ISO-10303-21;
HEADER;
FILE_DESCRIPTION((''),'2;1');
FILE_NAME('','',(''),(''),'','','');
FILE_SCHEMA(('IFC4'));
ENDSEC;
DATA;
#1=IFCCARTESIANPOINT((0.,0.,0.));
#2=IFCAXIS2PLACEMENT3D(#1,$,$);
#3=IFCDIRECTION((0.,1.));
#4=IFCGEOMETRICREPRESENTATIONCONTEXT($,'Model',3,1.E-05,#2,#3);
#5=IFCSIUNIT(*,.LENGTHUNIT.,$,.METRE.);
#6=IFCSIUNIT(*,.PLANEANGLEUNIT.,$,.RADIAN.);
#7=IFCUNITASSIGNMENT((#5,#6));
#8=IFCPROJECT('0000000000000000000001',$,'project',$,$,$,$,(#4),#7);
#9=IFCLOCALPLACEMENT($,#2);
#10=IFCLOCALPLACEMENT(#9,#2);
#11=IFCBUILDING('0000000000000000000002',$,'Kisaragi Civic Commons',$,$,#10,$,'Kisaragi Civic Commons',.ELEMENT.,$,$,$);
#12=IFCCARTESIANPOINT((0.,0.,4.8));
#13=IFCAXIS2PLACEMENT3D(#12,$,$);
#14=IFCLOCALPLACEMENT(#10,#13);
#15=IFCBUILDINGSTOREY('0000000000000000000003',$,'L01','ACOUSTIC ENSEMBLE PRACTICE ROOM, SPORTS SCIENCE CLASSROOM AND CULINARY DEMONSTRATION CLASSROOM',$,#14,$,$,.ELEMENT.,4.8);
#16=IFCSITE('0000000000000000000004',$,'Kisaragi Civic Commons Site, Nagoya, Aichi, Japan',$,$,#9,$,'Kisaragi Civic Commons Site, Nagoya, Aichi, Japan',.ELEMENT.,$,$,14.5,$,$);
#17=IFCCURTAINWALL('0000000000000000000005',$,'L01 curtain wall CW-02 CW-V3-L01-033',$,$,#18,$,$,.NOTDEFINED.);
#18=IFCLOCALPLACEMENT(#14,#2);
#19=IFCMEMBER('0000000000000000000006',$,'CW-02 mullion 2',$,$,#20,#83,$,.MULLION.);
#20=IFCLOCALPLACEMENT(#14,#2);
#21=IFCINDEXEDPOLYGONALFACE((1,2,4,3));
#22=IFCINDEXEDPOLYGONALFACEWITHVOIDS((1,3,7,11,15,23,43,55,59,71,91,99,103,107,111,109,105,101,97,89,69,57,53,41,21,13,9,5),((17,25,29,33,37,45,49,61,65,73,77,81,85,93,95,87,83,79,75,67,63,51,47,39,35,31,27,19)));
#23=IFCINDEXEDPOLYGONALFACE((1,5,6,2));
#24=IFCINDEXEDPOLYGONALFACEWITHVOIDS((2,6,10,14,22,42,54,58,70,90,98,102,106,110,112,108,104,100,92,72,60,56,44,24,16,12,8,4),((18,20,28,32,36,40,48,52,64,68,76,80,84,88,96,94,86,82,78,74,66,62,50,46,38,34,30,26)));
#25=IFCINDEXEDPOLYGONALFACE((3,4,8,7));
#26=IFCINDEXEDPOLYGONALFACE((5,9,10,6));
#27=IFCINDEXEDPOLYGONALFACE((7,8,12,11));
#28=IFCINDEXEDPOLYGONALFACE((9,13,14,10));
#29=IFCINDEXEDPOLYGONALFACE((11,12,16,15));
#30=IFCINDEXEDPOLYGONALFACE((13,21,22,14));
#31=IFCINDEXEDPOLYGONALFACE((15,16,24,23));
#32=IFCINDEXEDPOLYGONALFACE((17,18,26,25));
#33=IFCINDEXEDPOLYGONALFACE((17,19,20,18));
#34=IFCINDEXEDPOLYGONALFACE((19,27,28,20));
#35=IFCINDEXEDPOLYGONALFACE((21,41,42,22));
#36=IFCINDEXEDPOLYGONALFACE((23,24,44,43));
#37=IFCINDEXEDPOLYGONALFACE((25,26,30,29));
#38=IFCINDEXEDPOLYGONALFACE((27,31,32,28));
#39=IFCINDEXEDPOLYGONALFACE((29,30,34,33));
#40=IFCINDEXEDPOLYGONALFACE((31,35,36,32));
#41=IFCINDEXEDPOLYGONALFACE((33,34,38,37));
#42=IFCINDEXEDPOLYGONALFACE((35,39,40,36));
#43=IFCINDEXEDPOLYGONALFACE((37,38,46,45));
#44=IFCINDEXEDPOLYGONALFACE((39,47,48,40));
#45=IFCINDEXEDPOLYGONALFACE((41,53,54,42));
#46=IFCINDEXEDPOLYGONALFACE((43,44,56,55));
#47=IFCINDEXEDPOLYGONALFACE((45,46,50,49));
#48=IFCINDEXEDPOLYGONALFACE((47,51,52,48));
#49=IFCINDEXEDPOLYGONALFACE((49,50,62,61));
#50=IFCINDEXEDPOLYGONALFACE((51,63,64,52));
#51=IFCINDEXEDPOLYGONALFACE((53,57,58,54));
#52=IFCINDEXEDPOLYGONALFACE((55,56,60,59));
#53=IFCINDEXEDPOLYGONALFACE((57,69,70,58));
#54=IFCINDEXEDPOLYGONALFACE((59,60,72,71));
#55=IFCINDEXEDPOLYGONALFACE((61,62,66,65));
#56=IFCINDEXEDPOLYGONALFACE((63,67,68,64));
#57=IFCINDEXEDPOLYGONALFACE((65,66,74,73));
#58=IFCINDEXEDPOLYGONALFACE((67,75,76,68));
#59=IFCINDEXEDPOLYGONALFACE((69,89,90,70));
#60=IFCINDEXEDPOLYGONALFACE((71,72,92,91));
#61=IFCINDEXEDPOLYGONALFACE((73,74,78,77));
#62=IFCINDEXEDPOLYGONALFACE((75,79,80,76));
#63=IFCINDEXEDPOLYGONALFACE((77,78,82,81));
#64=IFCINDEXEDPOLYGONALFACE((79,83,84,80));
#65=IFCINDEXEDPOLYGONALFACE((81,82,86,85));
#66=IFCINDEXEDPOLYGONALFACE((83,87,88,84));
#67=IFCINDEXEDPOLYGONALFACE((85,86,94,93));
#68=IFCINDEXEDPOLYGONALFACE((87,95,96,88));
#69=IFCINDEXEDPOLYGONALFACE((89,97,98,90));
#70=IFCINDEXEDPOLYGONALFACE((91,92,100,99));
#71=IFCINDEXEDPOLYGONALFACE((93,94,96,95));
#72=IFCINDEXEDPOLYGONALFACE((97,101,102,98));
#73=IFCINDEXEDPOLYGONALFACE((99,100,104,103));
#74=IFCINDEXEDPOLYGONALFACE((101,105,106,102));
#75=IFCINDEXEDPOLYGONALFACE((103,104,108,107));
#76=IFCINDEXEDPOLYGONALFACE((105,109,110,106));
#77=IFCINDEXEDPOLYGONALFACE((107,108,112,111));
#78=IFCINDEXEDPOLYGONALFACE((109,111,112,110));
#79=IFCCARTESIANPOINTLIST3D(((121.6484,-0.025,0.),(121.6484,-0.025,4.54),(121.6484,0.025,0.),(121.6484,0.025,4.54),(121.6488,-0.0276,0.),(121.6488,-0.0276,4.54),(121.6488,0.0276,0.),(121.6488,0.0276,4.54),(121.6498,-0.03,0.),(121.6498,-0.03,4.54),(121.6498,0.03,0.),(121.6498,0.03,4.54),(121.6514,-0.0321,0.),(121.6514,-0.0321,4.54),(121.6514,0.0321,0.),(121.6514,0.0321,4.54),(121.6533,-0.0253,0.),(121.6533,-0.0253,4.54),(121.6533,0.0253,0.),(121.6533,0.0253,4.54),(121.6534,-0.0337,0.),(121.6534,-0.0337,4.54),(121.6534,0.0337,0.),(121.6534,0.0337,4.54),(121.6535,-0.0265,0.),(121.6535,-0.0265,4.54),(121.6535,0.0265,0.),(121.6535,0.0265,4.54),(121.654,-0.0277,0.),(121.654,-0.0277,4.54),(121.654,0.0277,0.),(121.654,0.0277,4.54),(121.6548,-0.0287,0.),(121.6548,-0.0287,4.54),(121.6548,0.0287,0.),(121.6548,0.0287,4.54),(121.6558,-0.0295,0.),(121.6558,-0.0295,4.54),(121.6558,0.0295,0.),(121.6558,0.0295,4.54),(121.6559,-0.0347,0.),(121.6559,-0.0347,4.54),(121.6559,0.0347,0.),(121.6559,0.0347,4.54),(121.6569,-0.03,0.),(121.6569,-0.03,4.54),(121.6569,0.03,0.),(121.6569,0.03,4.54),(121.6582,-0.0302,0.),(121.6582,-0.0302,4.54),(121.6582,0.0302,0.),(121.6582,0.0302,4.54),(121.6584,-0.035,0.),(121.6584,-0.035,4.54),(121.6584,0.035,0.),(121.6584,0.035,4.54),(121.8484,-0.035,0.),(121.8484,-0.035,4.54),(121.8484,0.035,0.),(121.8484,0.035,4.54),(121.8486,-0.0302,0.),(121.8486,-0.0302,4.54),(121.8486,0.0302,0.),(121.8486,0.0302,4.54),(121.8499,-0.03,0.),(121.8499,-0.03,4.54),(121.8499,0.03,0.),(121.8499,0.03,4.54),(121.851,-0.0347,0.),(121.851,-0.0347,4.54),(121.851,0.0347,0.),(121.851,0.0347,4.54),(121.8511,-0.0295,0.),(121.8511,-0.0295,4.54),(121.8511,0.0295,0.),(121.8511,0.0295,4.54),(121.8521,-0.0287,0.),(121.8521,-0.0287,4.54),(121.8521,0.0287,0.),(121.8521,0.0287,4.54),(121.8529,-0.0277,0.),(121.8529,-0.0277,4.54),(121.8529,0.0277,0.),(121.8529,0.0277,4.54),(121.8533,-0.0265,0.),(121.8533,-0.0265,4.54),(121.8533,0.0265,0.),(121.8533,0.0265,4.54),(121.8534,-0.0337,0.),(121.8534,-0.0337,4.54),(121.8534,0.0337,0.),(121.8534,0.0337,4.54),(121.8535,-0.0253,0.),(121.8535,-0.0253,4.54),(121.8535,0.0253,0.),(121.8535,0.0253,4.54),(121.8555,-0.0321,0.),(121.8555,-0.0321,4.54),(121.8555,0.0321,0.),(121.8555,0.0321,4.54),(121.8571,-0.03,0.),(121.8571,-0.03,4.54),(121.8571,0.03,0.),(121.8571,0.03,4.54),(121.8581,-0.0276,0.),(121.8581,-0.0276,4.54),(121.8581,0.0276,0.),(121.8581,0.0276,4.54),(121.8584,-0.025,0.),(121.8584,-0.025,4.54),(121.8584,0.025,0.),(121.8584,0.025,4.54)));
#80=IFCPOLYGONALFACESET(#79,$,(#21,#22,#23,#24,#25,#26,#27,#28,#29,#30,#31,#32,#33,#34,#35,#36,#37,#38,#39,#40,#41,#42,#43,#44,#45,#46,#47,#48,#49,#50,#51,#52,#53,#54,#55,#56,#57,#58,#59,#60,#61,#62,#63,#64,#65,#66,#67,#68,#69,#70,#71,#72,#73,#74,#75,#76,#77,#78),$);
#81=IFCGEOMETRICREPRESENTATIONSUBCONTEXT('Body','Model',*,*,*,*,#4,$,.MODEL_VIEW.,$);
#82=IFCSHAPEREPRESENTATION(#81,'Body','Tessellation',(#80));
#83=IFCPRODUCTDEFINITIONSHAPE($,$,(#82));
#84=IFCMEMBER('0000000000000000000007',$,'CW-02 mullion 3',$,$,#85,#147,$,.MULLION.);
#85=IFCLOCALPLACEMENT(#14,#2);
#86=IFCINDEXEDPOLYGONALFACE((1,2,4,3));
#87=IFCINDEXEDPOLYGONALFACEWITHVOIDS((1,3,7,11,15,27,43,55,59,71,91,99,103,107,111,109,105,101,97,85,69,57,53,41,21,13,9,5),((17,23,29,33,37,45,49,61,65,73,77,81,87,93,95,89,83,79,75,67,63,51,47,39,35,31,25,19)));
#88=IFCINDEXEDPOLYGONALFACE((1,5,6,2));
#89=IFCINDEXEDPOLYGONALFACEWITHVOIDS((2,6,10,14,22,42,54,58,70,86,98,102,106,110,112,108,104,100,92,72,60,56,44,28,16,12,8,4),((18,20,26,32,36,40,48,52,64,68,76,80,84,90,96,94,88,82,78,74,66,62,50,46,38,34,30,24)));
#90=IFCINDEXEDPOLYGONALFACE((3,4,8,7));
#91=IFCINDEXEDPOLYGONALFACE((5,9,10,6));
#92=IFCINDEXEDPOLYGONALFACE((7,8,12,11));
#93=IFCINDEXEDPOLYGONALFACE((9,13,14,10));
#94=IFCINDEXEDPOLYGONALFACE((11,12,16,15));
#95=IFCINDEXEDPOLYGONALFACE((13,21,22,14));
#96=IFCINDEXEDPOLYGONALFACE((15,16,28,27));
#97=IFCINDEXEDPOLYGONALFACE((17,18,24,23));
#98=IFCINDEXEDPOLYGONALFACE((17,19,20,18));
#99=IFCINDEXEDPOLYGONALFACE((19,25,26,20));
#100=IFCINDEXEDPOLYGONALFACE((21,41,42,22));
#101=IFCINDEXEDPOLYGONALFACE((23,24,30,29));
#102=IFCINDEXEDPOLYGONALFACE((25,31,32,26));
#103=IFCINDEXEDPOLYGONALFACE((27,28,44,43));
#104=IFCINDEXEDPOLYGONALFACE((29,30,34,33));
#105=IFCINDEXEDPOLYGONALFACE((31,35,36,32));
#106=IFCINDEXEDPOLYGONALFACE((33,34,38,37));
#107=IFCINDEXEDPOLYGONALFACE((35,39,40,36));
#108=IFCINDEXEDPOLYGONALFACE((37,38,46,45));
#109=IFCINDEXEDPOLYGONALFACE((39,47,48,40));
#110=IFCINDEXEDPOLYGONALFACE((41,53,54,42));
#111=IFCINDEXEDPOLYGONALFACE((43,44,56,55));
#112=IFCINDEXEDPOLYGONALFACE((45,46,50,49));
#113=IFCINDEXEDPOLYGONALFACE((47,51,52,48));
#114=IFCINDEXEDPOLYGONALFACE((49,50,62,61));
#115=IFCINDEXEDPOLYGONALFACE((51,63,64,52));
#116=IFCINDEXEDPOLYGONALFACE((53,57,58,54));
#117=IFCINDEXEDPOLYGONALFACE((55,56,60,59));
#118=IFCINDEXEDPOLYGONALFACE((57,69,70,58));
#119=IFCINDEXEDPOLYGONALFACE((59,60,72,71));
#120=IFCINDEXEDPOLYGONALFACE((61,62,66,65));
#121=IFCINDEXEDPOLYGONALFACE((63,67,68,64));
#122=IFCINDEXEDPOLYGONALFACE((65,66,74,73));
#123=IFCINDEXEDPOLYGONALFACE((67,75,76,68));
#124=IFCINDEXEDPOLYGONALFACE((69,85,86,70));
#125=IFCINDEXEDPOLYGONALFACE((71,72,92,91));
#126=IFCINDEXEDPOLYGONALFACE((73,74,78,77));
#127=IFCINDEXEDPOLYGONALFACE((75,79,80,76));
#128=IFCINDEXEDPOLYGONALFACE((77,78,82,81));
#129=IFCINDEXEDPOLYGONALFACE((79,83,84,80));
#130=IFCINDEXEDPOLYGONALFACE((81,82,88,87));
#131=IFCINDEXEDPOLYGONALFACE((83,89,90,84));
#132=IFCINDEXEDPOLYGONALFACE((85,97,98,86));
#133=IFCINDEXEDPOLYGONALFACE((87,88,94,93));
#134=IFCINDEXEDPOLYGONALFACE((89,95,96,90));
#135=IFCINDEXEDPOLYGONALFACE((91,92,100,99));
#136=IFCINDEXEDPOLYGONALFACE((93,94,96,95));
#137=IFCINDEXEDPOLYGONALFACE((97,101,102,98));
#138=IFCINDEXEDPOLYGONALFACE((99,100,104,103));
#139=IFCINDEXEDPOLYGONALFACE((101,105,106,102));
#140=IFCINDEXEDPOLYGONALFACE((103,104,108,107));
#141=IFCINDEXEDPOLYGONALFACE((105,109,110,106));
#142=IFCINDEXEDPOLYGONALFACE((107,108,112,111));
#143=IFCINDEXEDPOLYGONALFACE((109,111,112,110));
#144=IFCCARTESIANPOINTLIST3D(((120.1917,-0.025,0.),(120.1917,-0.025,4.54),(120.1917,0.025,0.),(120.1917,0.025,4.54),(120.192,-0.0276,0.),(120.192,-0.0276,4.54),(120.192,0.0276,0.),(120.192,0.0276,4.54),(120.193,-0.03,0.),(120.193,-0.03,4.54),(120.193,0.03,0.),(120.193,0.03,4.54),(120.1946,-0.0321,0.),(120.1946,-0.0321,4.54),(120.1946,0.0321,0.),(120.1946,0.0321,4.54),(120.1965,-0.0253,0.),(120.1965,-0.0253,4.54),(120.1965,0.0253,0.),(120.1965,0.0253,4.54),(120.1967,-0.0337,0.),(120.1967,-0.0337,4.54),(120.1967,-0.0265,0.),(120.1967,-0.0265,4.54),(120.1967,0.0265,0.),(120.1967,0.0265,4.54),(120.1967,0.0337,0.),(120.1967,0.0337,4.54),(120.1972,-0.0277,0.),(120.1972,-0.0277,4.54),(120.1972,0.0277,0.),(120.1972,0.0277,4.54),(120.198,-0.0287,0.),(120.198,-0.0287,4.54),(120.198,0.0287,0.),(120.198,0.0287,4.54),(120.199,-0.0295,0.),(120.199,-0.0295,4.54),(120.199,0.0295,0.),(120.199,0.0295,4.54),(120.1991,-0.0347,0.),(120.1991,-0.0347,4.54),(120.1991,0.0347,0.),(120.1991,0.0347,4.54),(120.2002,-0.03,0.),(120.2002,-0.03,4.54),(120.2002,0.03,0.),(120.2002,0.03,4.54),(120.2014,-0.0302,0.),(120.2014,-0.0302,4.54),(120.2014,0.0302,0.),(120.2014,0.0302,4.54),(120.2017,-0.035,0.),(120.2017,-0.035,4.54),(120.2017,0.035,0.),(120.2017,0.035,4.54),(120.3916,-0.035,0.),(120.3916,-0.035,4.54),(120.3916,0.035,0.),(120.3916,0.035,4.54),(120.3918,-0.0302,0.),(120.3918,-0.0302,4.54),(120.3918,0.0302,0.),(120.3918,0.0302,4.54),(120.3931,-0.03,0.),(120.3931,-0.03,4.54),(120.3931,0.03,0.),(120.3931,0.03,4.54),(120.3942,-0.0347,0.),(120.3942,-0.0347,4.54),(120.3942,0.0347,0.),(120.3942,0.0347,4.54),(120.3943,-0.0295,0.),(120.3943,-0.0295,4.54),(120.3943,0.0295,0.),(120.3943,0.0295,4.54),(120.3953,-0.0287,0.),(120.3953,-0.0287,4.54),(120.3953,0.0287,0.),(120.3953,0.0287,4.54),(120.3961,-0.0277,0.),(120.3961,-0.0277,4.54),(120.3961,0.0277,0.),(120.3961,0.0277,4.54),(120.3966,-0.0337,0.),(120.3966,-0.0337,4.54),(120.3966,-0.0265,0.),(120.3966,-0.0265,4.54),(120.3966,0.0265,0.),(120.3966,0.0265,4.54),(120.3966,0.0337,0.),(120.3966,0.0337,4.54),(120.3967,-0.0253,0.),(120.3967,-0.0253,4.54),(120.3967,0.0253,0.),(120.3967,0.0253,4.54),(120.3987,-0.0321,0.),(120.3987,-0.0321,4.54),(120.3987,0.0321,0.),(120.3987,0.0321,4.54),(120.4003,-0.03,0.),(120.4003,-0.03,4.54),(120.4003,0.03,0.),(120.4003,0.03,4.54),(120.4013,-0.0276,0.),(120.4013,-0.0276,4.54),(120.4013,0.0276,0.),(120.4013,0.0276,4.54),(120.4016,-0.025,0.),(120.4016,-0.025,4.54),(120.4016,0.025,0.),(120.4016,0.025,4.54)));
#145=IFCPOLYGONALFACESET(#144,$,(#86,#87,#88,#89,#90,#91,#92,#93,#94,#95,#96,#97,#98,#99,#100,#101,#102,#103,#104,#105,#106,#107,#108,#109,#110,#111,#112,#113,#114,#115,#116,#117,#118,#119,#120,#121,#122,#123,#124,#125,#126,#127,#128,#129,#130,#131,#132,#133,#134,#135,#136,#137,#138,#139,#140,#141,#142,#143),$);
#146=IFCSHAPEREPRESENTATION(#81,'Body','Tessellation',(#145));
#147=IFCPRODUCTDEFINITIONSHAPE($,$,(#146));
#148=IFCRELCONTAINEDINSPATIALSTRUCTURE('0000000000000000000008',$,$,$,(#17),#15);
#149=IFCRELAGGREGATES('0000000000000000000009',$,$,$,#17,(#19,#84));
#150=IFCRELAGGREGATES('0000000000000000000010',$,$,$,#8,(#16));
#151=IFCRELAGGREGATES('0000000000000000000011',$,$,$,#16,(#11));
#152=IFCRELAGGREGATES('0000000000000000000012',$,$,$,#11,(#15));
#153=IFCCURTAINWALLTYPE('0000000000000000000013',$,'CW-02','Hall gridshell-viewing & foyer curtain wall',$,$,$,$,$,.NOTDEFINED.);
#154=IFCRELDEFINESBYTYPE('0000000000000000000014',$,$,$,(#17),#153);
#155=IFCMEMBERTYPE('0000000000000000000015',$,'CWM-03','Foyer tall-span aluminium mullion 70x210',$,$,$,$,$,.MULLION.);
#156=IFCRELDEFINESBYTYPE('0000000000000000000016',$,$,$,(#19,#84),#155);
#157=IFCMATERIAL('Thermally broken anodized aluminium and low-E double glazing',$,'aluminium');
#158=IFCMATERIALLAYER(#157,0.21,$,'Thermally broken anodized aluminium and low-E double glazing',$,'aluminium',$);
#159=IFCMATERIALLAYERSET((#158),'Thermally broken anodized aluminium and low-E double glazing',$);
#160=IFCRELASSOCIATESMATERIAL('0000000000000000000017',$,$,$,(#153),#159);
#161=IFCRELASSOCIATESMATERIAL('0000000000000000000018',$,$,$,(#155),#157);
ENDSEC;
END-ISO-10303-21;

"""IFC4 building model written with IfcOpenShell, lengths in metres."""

from ifc_helpers import new_model, si_unit, direction, frame, origin, origin_2d, place, context, subcontext, project, spatial, hollow_rectangle, extrude, material, layer, layer_set, material_profile, profile_set, type_object, element, aggregate, save


model = new_model("IFC4")

# Units and contexts
model_context = context("Model", 3, precision=1e-05, world=origin(), true_north=direction((0.0, 1.0)))
body_context = subcontext(model_context, "Body", "Model", "MODEL_VIEW")
ifc_project = project(units=[si_unit("LENGTHUNIT", "METRE"), si_unit("PLANEANGLEUNIT", "RADIAN")], contexts=[model_context])

# Site, building, storey
site_placement = place(None, origin())
site = spatial("IfcSite", under=ifc_project, at=site_placement, Name="Kisaragi Civic Commons Site, Nagoya, Aichi, Japan", LongName="Kisaragi Civic Commons Site, Nagoya, Aichi, Japan", CompositionType="ELEMENT", RefElevation=14.5)
building_placement = place(site_placement, origin())
building = spatial("IfcBuilding", under=site, at=building_placement, Name="Kisaragi Civic Commons", LongName="Kisaragi Civic Commons", CompositionType="ELEMENT")
storey_placement = place(building_placement, frame((0.0, 0.0, 4.8)))
storey = spatial("IfcBuildingStorey", under=building, at=storey_placement, Name="L01", Description="ACOUSTIC ENSEMBLE PRACTICE ROOM, SPORTS SCIENCE CLASSROOM AND CULINARY DEMONSTRATION CLASSROOM", CompositionType="ELEMENT", Elevation=4.8)

# Shared definitions
ifc_material_1 = material(Name="Thermally broken anodized aluminium and low-E double glazing", Category="aluminium")
ifc_layer_1 = layer(ifc_material_1, 0.21, Name="Thermally broken anodized aluminium and low-E double glazing", Category="aluminium")
ifc_layer_set_1 = layer_set([ifc_layer_1], Name="Thermally broken anodized aluminium and low-E double glazing")
curtain_wall_type = type_object("IfcCurtainWallType", Name="CW-02", Description="Hall gridshell-viewing & foyer curtain wall", PredefinedType="NOTDEFINED", material=ifc_layer_set_1)
ifc_material_profile_1 = material_profile(ifc_material_1, hollow_rectangle(XDim=0.0701, YDim=0.21, WallThickness=0.0049, InnerFilletRadius=0.0049, OuterFilletRadius=0.01, at=origin_2d()), Name="CWM-70x210x5", Category="aluminium")
ifc_profile_set_1 = profile_set([ifc_material_profile_1], Name="Thermally broken anodized aluminium and low-E double glazing")
member_type_1 = type_object("IfcMemberType", Name="CWM-03", Description="Foyer tall-span aluminium mullion 70x210", PredefinedType="MULLION", material=ifc_profile_set_1)

# Curtain wall, members
curtain_wall_1_placement = place(storey_placement, origin())
curtain_wall_1 = element("IfcCurtainWall", 1, at=curtain_wall_1_placement, inside=storey, type_object=curtain_wall_type, Name="L01 curtain wall CW-02 CW-V3-L01-033", PredefinedType="NOTDEFINED")
member_1_placement = place(storey_placement, frame((121.7534, 0.0, 0.0), z_axis=(0.0, 0.0, 1.0), x_axis=(0.0, -1.0, 0.0)))
member_1 = element("IfcMember", 2, at=member_1_placement, type_object=member_type_1, Name="CW-02 mullion 2", PredefinedType="MULLION", context=body_context, shape_type="SweptSolid", body=[
    extrude(hollow_rectangle(XDim=0.0701, YDim=0.21, WallThickness=0.0049, InnerFilletRadius=0.0049, OuterFilletRadius=0.01, at=origin_2d()), origin(), (0.0, 0.0, 1.0), 4.54),
])
member_2_placement = place(storey_placement, frame((120.2966, 0.0, 0.0), z_axis=(0.0, 0.0, 1.0), x_axis=(0.0, -1.0, 0.0)))
member_2 = element("IfcMember", 3, at=member_2_placement, type_object=member_type_1, Name="CW-02 mullion 3", PredefinedType="MULLION", context=body_context, shape_type="SweptSolid", body=[
    extrude(hollow_rectangle(XDim=0.0701, YDim=0.21, WallThickness=0.0049, InnerFilletRadius=0.0049, OuterFilletRadius=0.01, at=origin_2d()), origin(), (0.0, 0.0, 1.0), 4.54),
])

aggregate(curtain_wall_1, [member_1, member_2])

save(model, "model.ifc")
